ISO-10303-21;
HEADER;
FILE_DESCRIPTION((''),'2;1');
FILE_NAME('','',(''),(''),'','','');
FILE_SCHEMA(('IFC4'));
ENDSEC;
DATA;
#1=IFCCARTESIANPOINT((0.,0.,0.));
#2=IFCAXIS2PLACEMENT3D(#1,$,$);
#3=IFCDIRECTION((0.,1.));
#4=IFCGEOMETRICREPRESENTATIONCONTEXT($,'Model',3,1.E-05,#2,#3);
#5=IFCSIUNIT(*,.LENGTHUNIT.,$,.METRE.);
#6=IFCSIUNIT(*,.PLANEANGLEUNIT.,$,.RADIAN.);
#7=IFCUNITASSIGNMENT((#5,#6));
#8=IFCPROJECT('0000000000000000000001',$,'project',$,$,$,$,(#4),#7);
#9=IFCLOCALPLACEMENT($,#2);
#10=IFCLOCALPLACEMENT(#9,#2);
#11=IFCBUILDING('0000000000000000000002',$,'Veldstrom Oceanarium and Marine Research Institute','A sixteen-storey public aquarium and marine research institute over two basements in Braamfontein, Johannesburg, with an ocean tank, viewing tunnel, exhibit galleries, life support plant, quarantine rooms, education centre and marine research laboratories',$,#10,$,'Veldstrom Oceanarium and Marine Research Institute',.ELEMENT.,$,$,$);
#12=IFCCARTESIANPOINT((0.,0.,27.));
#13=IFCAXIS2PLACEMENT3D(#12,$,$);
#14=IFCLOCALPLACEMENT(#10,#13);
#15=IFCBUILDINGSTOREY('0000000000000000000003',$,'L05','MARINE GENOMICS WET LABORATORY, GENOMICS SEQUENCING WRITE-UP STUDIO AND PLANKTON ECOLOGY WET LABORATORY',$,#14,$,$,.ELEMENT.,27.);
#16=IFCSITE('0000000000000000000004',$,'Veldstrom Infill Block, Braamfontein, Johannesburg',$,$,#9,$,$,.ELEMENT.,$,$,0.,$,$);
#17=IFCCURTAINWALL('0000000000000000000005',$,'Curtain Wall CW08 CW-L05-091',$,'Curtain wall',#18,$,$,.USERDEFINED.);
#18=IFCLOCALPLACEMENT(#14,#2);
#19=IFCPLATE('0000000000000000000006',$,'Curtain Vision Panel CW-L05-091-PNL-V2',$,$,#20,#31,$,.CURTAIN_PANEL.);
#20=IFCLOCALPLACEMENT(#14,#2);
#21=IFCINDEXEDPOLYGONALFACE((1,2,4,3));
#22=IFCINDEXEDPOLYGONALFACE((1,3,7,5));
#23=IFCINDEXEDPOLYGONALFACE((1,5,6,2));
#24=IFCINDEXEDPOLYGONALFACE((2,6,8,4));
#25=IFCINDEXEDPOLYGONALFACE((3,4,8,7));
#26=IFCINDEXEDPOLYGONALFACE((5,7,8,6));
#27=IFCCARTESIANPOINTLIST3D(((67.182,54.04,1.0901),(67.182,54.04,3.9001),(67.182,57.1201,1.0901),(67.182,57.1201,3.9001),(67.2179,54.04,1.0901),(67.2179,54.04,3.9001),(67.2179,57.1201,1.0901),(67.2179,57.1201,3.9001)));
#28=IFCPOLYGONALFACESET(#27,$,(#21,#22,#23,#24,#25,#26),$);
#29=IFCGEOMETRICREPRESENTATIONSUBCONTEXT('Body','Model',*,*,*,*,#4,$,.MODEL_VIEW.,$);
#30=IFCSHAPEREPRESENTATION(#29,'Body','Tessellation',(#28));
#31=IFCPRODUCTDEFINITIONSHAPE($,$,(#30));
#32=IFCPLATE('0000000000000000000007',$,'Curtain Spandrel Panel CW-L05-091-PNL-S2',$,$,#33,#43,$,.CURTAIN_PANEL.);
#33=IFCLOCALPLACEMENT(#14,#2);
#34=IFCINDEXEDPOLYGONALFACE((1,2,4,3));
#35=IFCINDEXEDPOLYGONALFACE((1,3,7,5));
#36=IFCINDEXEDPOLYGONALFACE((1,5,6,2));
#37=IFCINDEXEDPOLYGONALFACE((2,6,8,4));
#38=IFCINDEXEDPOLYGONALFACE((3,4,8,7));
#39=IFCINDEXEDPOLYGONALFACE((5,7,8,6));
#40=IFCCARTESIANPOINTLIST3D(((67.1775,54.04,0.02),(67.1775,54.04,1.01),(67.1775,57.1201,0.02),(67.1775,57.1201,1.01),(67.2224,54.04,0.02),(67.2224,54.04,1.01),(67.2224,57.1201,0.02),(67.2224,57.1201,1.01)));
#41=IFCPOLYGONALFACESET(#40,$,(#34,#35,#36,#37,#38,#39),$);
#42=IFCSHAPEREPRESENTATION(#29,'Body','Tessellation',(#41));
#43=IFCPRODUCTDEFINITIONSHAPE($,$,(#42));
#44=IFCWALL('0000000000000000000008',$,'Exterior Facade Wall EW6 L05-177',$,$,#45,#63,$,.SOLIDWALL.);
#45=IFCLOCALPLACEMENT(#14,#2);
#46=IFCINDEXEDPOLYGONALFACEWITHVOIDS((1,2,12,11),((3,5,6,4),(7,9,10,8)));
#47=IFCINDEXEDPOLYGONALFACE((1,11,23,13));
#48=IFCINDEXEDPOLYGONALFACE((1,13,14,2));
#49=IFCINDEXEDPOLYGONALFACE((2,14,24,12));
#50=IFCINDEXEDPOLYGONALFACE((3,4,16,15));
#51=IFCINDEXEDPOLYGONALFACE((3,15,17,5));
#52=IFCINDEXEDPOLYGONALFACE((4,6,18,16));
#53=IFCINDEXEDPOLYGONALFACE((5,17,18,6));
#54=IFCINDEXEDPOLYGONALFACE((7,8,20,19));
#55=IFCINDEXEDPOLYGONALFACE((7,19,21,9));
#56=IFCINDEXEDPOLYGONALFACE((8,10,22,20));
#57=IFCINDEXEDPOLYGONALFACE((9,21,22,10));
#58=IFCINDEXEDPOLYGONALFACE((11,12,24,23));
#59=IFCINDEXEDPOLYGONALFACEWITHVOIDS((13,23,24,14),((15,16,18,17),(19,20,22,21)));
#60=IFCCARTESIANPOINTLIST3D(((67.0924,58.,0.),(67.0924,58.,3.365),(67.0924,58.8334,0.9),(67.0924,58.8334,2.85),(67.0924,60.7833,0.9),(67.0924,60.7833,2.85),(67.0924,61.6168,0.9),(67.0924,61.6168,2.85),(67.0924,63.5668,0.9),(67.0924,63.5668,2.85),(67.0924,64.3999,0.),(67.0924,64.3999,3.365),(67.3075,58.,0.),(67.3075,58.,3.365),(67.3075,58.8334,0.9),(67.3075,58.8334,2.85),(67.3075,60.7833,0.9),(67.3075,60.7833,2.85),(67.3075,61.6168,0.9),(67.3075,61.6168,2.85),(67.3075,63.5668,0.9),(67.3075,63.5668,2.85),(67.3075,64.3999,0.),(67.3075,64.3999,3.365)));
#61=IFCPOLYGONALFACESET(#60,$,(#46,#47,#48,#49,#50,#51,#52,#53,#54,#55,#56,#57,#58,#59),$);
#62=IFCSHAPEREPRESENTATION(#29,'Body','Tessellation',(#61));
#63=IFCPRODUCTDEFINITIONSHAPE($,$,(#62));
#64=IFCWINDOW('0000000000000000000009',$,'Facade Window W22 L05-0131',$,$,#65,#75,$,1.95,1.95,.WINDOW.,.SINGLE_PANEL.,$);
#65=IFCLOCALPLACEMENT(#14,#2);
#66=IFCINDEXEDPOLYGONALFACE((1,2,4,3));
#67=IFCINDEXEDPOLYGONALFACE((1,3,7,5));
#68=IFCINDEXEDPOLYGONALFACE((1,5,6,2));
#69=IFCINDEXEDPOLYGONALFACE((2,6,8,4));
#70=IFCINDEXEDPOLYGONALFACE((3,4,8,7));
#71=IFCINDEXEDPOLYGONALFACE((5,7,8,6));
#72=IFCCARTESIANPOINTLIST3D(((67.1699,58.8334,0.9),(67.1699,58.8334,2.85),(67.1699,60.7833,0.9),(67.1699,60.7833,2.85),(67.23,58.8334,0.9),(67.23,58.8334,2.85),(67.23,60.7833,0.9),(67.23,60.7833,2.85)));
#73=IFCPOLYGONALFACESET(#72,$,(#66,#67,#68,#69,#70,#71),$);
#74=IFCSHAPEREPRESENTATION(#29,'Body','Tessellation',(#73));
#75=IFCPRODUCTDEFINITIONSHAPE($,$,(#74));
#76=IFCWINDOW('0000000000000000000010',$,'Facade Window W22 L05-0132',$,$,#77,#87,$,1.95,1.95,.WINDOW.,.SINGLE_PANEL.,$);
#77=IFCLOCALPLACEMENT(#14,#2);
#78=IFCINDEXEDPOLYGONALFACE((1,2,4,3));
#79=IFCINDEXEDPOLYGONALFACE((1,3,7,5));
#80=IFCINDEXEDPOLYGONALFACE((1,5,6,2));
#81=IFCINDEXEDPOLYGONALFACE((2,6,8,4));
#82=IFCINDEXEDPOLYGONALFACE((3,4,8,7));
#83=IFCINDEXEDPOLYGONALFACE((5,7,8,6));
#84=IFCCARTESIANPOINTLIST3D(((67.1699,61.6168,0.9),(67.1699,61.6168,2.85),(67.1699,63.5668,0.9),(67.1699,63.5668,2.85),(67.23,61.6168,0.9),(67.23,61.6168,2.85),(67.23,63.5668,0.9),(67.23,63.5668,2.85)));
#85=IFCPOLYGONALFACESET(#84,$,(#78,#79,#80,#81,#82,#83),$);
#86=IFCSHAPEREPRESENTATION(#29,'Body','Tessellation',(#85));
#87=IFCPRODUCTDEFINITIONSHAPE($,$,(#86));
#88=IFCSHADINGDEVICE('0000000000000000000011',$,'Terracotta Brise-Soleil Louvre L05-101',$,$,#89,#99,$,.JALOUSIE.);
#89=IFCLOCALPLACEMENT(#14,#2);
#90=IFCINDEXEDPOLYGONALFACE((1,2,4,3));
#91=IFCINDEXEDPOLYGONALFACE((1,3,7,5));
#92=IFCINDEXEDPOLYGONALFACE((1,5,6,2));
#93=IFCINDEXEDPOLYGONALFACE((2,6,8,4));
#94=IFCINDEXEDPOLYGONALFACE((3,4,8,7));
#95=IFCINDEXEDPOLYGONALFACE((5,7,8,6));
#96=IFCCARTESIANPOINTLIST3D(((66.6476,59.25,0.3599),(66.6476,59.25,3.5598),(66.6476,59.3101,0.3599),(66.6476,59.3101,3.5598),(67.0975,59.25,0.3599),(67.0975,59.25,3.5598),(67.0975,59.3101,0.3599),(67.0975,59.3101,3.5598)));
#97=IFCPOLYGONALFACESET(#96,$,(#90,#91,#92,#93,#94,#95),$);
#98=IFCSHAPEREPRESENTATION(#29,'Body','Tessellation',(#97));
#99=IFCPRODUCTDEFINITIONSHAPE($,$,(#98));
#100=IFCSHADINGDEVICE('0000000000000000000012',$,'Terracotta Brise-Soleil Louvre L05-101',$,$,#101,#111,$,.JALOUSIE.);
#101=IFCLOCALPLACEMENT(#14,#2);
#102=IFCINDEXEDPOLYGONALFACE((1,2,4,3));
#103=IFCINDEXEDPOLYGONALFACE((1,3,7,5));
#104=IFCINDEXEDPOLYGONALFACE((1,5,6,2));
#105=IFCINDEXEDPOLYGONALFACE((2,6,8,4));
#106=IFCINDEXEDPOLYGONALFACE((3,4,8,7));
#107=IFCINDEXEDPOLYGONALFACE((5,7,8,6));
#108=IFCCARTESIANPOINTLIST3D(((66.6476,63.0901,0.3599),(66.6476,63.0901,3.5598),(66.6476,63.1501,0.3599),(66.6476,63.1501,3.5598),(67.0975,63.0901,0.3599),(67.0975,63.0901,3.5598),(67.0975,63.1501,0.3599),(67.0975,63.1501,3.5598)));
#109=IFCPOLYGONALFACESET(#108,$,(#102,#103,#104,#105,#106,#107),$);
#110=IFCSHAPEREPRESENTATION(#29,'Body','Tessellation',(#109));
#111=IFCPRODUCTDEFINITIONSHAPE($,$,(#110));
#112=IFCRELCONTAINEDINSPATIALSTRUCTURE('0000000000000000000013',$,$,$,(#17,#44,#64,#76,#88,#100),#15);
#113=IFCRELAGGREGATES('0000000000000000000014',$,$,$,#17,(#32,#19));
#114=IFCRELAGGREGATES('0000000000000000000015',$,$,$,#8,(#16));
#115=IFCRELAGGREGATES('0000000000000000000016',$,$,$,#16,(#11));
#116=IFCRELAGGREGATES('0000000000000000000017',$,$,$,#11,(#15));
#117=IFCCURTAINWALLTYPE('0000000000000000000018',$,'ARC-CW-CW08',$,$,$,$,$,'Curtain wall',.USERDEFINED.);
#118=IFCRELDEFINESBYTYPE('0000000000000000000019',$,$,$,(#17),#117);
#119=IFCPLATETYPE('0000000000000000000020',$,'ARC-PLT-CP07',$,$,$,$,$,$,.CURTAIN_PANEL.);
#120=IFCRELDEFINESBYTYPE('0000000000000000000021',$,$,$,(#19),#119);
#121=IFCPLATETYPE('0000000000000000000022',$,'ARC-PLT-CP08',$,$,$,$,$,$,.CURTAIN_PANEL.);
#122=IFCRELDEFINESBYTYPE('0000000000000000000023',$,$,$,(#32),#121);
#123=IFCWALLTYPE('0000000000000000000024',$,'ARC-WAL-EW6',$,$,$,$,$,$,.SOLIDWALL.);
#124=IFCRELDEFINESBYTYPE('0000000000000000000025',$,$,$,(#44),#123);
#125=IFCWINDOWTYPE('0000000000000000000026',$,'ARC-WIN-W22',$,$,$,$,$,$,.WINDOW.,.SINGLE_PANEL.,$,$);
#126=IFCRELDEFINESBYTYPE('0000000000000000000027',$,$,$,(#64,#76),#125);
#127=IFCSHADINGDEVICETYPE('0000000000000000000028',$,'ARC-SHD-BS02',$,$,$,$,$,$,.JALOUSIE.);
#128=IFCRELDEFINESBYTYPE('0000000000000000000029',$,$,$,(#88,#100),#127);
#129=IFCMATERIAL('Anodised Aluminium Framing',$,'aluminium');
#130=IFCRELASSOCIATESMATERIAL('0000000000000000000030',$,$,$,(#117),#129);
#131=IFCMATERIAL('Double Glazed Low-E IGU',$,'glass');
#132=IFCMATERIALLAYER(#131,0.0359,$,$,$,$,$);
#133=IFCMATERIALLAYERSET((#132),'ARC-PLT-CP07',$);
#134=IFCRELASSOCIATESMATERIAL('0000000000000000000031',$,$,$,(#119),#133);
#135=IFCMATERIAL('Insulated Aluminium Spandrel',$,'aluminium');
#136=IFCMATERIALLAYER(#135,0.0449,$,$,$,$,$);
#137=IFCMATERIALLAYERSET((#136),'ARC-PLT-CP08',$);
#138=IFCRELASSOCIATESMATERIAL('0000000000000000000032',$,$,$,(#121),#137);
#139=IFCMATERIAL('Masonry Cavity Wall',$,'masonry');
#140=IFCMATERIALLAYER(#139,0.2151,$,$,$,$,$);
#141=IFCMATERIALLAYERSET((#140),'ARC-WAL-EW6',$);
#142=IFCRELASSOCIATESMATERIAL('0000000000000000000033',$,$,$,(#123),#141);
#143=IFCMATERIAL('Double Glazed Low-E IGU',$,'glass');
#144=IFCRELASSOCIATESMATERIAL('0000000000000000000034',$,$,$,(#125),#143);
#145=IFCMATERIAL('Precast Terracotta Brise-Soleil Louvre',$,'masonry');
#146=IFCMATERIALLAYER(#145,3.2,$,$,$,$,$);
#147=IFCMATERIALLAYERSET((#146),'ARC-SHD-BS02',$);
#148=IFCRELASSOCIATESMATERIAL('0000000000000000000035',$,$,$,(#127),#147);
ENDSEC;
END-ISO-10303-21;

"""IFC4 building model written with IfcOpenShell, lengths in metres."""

from ifc_helpers import new_model, si_unit, direction, frame, frame_2d, origin, origin_2d, place, context, subcontext, project, spatial, rectangle, extrude, material, layer, layer_set, type_object, element, fill, aggregate, save


model = new_model("IFC4")

# Units and contexts
model_context = context("Model", 3, precision=1e-05, world=origin(), true_north=direction((0.0, 1.0)))
body_context = subcontext(model_context, "Body", "Model", "MODEL_VIEW")
ifc_project = project(units=[si_unit("LENGTHUNIT", "METRE"), si_unit("PLANEANGLEUNIT", "RADIAN")], contexts=[model_context])

# Site, building, storey
site_placement = place(None, origin())
site = spatial("IfcSite", under=ifc_project, at=site_placement, Name="Veldstrom Infill Block, Braamfontein, Johannesburg", CompositionType="ELEMENT", RefElevation=0.0)
building_placement = place(site_placement, origin())
building = spatial("IfcBuilding", under=site, at=building_placement, Name="Veldstrom Oceanarium and Marine Research Institute", Description="A sixteen-storey public aquarium and marine research institute over two basements in Braamfontein, Johannesburg, with an ocean tank, viewing tunnel, exhibit galleries, life support plant, quarantine rooms, education centre and marine research laboratories", LongName="Veldstrom Oceanarium and Marine Research Institute", CompositionType="ELEMENT")
storey_placement = place(building_placement, frame((0.0, 0.0, 27.0)))
storey = spatial("IfcBuildingStorey", under=building, at=storey_placement, Name="L05", Description="MARINE GENOMICS WET LABORATORY, GENOMICS SEQUENCING WRITE-UP STUDIO AND PLANKTON ECOLOGY WET LABORATORY", CompositionType="ELEMENT", Elevation=27.0)

# Curtain wall
ifc_material_1 = material(Name="Anodised Aluminium Framing", Category="aluminium")
curtain_wall_type = type_object("IfcCurtainWallType", Name="ARC-CW-CW08", ElementType="Curtain wall", PredefinedType="USERDEFINED", material=ifc_material_1)
curtain_wall_1_placement = place(storey_placement, origin())
curtain_wall_1 = element("IfcCurtainWall", 1, at=curtain_wall_1_placement, inside=storey, type_object=curtain_wall_type, Name="Curtain Wall CW08 CW-L05-091", ObjectType="Curtain wall", PredefinedType="USERDEFINED")

# Plates
ifc_material_2 = material(Name="Double Glazed Low-E IGU", Category="glass")
ifc_layer_1 = layer(ifc_material_2, 0.0359)
ifc_layer_set_1 = layer_set([ifc_layer_1], Name="ARC-PLT-CP07")
plate_type_1 = type_object("IfcPlateType", Name="ARC-PLT-CP07", PredefinedType="CURTAIN_PANEL", material=ifc_layer_set_1)
plate_1_placement = place(storey_placement, frame((67.2, 55.5801, 1.0901), z_axis=(0.0, 0.0, 1.0), x_axis=(0.0, 1.0, 0.0)))
plate_1 = element("IfcPlate", 2, at=plate_1_placement, type_object=plate_type_1, Name="Curtain Vision Panel CW-L05-091-PNL-V2", PredefinedType="CURTAIN_PANEL", context=body_context, shape_type="SweptSolid", body=[
    extrude(rectangle(XDim=3.0801, YDim=0.0359, at=origin_2d()), origin(), (0.0, 0.0, 1.0), 2.8101),
])
ifc_material_3 = material(Name="Insulated Aluminium Spandrel", Category="aluminium")
ifc_layer_2 = layer(ifc_material_3, 0.0449)
ifc_layer_set_2 = layer_set([ifc_layer_2], Name="ARC-PLT-CP08")
plate_type_2 = type_object("IfcPlateType", Name="ARC-PLT-CP08", PredefinedType="CURTAIN_PANEL", material=ifc_layer_set_2)
plate_2_placement = place(storey_placement, frame((67.2, 55.5801, 0.02), z_axis=(0.0, 0.0, 1.0), x_axis=(0.0, 1.0, 0.0)))
plate_2 = element("IfcPlate", 3, at=plate_2_placement, type_object=plate_type_2, Name="Curtain Spandrel Panel CW-L05-091-PNL-S2", PredefinedType="CURTAIN_PANEL", context=body_context, shape_type="SweptSolid", body=[
    extrude(rectangle(XDim=3.0801, YDim=0.0449, at=origin_2d()), origin(), (0.0, 0.0, 1.0), 0.99),
])
aggregate(curtain_wall_1, [plate_2, plate_1])

# Wall, openings, windows
ifc_material_4 = material(Name="Masonry Cavity Wall", Category="masonry")
ifc_layer_3 = layer(ifc_material_4, 0.2151)
ifc_layer_set_3 = layer_set([ifc_layer_3], Name="ARC-WAL-EW6")
wall_type = type_object("IfcWallType", Name="ARC-WAL-EW6", PredefinedType="SOLIDWALL", material=ifc_layer_set_3)
wall_placement = place(storey_placement, frame((67.2, 58.0, 0.0), z_axis=(0.0, 0.0, 1.0), x_axis=(0.0, 1.0, 0.0)))
wall = element("IfcWall", 4, at=wall_placement, inside=storey, type_object=wall_type, Name="Exterior Facade Wall EW6 L05-177", PredefinedType="SOLIDWALL", context=body_context, shape_type="SweptSolid", body=[
    extrude(rectangle(XDim=6.3999, YDim=0.2151, at=frame_2d((3.2, 0.0))), origin(), (0.0, 0.0, 1.0), 3.365),
])
opening_1_placement = place(wall_placement, frame((0.8333, 0.0, 0.8999)))
opening_1 = element("IfcOpeningElement", 5, at=opening_1_placement, cuts=wall, PredefinedType="OPENING", context=body_context, shape_type="SweptSolid", body=[
    extrude(rectangle(XDim=1.95, YDim=1.95, at=frame_2d((0.9751, 0.9751))), frame((0.0, 0.1174, 0.0), z_axis=(0.0, -1.0, 0.0), x_axis=(1.0, 0.0, 0.0)), (0.0, 0.0, 1.0), 0.2351),
])
opening_2_placement = place(wall_placement, frame((3.6167, 0.0, 0.8999)))
opening_2 = element("IfcOpeningElement", 6, at=opening_2_placement, cuts=wall, PredefinedType="OPENING", context=body_context, shape_type="SweptSolid", body=[
    extrude(rectangle(XDim=1.95, YDim=1.95, at=frame_2d((0.9751, 0.9751))), frame((0.0, 0.1174, 0.0), z_axis=(0.0, -1.0, 0.0), x_axis=(1.0, 0.0, 0.0)), (0.0, 0.0, 1.0), 0.2351),
])
ifc_material_5 = material(Name="Double Glazed Low-E IGU", Category="glass")
window_type = type_object("IfcWindowType", Name="ARC-WIN-W22", PartitioningType="SINGLE_PANEL", PredefinedType="WINDOW", material=ifc_material_5)
window_1_placement = place(opening_1_placement, origin())
window_1 = element("IfcWindow", 7, at=window_1_placement, inside=storey, type_object=window_type, Name="Facade Window W22 L05-0131", OverallHeight=1.95, OverallWidth=1.95, PartitioningType="SINGLE_PANEL", PredefinedType="WINDOW", context=body_context, shape_type="SweptSolid", body=[
    extrude(rectangle(XDim=1.95, YDim=1.95, at=frame_2d((0.9751, 0.9751))), frame((0.0, 0.03, 0.0), z_axis=(0.0, -1.0, 0.0), x_axis=(1.0, 0.0, 0.0)), (0.0, 0.0, 1.0), 0.0601),
])
fill(opening_1, window_1)
window_2_placement = place(opening_2_placement, origin())
window_2 = element("IfcWindow", 8, at=window_2_placement, inside=storey, type_object=window_type, Name="Facade Window W22 L05-0132", OverallHeight=1.95, OverallWidth=1.95, PartitioningType="SINGLE_PANEL", PredefinedType="WINDOW", context=body_context, shape_type="SweptSolid", body=[
    extrude(rectangle(XDim=1.95, YDim=1.95, at=frame_2d((0.9751, 0.9751))), frame((0.0, 0.03, 0.0), z_axis=(0.0, -1.0, 0.0), x_axis=(1.0, 0.0, 0.0)), (0.0, 0.0, 1.0), 0.0601),
])
fill(opening_2, window_2)

# Shading devices
ifc_material_6 = material(Name="Precast Terracotta Brise-Soleil Louvre", Category="masonry")
ifc_layer_4 = layer(ifc_material_6, 3.2)
ifc_layer_set_4 = layer_set([ifc_layer_4], Name="ARC-SHD-BS02")
shading_device_type = type_object("IfcShadingDeviceType", Name="ARC-SHD-BS02", PredefinedType="JALOUSIE", material=ifc_layer_set_4)
for number, where, z_axis, x_axis, name in (
    (9, (66.8726, 59.28, 0.3599), (0.0, 0.0, 1.0), (1.0, 0.0, 0.0), "Terracotta Brise-Soleil Louvre L05-101"),
    (10, (66.8726, 63.1201, 0.3599), (0.0, 0.0, 1.0), (1.0, 0.0, 0.0), "Terracotta Brise-Soleil Louvre L05-101"),
):
    element("IfcShadingDevice", number, at=place(storey_placement, frame(where, z_axis=z_axis, x_axis=x_axis)), inside=storey, type_object=shading_device_type, Name=name, PredefinedType="JALOUSIE", context=body_context, shape_type="SweptSolid", body=[
        extrude(rectangle(XDim=0.45, YDim=0.0601, at=origin_2d()), origin(), (0.0, 0.0, 1.0), 3.2),
    ])

save(model, "model.ifc")
